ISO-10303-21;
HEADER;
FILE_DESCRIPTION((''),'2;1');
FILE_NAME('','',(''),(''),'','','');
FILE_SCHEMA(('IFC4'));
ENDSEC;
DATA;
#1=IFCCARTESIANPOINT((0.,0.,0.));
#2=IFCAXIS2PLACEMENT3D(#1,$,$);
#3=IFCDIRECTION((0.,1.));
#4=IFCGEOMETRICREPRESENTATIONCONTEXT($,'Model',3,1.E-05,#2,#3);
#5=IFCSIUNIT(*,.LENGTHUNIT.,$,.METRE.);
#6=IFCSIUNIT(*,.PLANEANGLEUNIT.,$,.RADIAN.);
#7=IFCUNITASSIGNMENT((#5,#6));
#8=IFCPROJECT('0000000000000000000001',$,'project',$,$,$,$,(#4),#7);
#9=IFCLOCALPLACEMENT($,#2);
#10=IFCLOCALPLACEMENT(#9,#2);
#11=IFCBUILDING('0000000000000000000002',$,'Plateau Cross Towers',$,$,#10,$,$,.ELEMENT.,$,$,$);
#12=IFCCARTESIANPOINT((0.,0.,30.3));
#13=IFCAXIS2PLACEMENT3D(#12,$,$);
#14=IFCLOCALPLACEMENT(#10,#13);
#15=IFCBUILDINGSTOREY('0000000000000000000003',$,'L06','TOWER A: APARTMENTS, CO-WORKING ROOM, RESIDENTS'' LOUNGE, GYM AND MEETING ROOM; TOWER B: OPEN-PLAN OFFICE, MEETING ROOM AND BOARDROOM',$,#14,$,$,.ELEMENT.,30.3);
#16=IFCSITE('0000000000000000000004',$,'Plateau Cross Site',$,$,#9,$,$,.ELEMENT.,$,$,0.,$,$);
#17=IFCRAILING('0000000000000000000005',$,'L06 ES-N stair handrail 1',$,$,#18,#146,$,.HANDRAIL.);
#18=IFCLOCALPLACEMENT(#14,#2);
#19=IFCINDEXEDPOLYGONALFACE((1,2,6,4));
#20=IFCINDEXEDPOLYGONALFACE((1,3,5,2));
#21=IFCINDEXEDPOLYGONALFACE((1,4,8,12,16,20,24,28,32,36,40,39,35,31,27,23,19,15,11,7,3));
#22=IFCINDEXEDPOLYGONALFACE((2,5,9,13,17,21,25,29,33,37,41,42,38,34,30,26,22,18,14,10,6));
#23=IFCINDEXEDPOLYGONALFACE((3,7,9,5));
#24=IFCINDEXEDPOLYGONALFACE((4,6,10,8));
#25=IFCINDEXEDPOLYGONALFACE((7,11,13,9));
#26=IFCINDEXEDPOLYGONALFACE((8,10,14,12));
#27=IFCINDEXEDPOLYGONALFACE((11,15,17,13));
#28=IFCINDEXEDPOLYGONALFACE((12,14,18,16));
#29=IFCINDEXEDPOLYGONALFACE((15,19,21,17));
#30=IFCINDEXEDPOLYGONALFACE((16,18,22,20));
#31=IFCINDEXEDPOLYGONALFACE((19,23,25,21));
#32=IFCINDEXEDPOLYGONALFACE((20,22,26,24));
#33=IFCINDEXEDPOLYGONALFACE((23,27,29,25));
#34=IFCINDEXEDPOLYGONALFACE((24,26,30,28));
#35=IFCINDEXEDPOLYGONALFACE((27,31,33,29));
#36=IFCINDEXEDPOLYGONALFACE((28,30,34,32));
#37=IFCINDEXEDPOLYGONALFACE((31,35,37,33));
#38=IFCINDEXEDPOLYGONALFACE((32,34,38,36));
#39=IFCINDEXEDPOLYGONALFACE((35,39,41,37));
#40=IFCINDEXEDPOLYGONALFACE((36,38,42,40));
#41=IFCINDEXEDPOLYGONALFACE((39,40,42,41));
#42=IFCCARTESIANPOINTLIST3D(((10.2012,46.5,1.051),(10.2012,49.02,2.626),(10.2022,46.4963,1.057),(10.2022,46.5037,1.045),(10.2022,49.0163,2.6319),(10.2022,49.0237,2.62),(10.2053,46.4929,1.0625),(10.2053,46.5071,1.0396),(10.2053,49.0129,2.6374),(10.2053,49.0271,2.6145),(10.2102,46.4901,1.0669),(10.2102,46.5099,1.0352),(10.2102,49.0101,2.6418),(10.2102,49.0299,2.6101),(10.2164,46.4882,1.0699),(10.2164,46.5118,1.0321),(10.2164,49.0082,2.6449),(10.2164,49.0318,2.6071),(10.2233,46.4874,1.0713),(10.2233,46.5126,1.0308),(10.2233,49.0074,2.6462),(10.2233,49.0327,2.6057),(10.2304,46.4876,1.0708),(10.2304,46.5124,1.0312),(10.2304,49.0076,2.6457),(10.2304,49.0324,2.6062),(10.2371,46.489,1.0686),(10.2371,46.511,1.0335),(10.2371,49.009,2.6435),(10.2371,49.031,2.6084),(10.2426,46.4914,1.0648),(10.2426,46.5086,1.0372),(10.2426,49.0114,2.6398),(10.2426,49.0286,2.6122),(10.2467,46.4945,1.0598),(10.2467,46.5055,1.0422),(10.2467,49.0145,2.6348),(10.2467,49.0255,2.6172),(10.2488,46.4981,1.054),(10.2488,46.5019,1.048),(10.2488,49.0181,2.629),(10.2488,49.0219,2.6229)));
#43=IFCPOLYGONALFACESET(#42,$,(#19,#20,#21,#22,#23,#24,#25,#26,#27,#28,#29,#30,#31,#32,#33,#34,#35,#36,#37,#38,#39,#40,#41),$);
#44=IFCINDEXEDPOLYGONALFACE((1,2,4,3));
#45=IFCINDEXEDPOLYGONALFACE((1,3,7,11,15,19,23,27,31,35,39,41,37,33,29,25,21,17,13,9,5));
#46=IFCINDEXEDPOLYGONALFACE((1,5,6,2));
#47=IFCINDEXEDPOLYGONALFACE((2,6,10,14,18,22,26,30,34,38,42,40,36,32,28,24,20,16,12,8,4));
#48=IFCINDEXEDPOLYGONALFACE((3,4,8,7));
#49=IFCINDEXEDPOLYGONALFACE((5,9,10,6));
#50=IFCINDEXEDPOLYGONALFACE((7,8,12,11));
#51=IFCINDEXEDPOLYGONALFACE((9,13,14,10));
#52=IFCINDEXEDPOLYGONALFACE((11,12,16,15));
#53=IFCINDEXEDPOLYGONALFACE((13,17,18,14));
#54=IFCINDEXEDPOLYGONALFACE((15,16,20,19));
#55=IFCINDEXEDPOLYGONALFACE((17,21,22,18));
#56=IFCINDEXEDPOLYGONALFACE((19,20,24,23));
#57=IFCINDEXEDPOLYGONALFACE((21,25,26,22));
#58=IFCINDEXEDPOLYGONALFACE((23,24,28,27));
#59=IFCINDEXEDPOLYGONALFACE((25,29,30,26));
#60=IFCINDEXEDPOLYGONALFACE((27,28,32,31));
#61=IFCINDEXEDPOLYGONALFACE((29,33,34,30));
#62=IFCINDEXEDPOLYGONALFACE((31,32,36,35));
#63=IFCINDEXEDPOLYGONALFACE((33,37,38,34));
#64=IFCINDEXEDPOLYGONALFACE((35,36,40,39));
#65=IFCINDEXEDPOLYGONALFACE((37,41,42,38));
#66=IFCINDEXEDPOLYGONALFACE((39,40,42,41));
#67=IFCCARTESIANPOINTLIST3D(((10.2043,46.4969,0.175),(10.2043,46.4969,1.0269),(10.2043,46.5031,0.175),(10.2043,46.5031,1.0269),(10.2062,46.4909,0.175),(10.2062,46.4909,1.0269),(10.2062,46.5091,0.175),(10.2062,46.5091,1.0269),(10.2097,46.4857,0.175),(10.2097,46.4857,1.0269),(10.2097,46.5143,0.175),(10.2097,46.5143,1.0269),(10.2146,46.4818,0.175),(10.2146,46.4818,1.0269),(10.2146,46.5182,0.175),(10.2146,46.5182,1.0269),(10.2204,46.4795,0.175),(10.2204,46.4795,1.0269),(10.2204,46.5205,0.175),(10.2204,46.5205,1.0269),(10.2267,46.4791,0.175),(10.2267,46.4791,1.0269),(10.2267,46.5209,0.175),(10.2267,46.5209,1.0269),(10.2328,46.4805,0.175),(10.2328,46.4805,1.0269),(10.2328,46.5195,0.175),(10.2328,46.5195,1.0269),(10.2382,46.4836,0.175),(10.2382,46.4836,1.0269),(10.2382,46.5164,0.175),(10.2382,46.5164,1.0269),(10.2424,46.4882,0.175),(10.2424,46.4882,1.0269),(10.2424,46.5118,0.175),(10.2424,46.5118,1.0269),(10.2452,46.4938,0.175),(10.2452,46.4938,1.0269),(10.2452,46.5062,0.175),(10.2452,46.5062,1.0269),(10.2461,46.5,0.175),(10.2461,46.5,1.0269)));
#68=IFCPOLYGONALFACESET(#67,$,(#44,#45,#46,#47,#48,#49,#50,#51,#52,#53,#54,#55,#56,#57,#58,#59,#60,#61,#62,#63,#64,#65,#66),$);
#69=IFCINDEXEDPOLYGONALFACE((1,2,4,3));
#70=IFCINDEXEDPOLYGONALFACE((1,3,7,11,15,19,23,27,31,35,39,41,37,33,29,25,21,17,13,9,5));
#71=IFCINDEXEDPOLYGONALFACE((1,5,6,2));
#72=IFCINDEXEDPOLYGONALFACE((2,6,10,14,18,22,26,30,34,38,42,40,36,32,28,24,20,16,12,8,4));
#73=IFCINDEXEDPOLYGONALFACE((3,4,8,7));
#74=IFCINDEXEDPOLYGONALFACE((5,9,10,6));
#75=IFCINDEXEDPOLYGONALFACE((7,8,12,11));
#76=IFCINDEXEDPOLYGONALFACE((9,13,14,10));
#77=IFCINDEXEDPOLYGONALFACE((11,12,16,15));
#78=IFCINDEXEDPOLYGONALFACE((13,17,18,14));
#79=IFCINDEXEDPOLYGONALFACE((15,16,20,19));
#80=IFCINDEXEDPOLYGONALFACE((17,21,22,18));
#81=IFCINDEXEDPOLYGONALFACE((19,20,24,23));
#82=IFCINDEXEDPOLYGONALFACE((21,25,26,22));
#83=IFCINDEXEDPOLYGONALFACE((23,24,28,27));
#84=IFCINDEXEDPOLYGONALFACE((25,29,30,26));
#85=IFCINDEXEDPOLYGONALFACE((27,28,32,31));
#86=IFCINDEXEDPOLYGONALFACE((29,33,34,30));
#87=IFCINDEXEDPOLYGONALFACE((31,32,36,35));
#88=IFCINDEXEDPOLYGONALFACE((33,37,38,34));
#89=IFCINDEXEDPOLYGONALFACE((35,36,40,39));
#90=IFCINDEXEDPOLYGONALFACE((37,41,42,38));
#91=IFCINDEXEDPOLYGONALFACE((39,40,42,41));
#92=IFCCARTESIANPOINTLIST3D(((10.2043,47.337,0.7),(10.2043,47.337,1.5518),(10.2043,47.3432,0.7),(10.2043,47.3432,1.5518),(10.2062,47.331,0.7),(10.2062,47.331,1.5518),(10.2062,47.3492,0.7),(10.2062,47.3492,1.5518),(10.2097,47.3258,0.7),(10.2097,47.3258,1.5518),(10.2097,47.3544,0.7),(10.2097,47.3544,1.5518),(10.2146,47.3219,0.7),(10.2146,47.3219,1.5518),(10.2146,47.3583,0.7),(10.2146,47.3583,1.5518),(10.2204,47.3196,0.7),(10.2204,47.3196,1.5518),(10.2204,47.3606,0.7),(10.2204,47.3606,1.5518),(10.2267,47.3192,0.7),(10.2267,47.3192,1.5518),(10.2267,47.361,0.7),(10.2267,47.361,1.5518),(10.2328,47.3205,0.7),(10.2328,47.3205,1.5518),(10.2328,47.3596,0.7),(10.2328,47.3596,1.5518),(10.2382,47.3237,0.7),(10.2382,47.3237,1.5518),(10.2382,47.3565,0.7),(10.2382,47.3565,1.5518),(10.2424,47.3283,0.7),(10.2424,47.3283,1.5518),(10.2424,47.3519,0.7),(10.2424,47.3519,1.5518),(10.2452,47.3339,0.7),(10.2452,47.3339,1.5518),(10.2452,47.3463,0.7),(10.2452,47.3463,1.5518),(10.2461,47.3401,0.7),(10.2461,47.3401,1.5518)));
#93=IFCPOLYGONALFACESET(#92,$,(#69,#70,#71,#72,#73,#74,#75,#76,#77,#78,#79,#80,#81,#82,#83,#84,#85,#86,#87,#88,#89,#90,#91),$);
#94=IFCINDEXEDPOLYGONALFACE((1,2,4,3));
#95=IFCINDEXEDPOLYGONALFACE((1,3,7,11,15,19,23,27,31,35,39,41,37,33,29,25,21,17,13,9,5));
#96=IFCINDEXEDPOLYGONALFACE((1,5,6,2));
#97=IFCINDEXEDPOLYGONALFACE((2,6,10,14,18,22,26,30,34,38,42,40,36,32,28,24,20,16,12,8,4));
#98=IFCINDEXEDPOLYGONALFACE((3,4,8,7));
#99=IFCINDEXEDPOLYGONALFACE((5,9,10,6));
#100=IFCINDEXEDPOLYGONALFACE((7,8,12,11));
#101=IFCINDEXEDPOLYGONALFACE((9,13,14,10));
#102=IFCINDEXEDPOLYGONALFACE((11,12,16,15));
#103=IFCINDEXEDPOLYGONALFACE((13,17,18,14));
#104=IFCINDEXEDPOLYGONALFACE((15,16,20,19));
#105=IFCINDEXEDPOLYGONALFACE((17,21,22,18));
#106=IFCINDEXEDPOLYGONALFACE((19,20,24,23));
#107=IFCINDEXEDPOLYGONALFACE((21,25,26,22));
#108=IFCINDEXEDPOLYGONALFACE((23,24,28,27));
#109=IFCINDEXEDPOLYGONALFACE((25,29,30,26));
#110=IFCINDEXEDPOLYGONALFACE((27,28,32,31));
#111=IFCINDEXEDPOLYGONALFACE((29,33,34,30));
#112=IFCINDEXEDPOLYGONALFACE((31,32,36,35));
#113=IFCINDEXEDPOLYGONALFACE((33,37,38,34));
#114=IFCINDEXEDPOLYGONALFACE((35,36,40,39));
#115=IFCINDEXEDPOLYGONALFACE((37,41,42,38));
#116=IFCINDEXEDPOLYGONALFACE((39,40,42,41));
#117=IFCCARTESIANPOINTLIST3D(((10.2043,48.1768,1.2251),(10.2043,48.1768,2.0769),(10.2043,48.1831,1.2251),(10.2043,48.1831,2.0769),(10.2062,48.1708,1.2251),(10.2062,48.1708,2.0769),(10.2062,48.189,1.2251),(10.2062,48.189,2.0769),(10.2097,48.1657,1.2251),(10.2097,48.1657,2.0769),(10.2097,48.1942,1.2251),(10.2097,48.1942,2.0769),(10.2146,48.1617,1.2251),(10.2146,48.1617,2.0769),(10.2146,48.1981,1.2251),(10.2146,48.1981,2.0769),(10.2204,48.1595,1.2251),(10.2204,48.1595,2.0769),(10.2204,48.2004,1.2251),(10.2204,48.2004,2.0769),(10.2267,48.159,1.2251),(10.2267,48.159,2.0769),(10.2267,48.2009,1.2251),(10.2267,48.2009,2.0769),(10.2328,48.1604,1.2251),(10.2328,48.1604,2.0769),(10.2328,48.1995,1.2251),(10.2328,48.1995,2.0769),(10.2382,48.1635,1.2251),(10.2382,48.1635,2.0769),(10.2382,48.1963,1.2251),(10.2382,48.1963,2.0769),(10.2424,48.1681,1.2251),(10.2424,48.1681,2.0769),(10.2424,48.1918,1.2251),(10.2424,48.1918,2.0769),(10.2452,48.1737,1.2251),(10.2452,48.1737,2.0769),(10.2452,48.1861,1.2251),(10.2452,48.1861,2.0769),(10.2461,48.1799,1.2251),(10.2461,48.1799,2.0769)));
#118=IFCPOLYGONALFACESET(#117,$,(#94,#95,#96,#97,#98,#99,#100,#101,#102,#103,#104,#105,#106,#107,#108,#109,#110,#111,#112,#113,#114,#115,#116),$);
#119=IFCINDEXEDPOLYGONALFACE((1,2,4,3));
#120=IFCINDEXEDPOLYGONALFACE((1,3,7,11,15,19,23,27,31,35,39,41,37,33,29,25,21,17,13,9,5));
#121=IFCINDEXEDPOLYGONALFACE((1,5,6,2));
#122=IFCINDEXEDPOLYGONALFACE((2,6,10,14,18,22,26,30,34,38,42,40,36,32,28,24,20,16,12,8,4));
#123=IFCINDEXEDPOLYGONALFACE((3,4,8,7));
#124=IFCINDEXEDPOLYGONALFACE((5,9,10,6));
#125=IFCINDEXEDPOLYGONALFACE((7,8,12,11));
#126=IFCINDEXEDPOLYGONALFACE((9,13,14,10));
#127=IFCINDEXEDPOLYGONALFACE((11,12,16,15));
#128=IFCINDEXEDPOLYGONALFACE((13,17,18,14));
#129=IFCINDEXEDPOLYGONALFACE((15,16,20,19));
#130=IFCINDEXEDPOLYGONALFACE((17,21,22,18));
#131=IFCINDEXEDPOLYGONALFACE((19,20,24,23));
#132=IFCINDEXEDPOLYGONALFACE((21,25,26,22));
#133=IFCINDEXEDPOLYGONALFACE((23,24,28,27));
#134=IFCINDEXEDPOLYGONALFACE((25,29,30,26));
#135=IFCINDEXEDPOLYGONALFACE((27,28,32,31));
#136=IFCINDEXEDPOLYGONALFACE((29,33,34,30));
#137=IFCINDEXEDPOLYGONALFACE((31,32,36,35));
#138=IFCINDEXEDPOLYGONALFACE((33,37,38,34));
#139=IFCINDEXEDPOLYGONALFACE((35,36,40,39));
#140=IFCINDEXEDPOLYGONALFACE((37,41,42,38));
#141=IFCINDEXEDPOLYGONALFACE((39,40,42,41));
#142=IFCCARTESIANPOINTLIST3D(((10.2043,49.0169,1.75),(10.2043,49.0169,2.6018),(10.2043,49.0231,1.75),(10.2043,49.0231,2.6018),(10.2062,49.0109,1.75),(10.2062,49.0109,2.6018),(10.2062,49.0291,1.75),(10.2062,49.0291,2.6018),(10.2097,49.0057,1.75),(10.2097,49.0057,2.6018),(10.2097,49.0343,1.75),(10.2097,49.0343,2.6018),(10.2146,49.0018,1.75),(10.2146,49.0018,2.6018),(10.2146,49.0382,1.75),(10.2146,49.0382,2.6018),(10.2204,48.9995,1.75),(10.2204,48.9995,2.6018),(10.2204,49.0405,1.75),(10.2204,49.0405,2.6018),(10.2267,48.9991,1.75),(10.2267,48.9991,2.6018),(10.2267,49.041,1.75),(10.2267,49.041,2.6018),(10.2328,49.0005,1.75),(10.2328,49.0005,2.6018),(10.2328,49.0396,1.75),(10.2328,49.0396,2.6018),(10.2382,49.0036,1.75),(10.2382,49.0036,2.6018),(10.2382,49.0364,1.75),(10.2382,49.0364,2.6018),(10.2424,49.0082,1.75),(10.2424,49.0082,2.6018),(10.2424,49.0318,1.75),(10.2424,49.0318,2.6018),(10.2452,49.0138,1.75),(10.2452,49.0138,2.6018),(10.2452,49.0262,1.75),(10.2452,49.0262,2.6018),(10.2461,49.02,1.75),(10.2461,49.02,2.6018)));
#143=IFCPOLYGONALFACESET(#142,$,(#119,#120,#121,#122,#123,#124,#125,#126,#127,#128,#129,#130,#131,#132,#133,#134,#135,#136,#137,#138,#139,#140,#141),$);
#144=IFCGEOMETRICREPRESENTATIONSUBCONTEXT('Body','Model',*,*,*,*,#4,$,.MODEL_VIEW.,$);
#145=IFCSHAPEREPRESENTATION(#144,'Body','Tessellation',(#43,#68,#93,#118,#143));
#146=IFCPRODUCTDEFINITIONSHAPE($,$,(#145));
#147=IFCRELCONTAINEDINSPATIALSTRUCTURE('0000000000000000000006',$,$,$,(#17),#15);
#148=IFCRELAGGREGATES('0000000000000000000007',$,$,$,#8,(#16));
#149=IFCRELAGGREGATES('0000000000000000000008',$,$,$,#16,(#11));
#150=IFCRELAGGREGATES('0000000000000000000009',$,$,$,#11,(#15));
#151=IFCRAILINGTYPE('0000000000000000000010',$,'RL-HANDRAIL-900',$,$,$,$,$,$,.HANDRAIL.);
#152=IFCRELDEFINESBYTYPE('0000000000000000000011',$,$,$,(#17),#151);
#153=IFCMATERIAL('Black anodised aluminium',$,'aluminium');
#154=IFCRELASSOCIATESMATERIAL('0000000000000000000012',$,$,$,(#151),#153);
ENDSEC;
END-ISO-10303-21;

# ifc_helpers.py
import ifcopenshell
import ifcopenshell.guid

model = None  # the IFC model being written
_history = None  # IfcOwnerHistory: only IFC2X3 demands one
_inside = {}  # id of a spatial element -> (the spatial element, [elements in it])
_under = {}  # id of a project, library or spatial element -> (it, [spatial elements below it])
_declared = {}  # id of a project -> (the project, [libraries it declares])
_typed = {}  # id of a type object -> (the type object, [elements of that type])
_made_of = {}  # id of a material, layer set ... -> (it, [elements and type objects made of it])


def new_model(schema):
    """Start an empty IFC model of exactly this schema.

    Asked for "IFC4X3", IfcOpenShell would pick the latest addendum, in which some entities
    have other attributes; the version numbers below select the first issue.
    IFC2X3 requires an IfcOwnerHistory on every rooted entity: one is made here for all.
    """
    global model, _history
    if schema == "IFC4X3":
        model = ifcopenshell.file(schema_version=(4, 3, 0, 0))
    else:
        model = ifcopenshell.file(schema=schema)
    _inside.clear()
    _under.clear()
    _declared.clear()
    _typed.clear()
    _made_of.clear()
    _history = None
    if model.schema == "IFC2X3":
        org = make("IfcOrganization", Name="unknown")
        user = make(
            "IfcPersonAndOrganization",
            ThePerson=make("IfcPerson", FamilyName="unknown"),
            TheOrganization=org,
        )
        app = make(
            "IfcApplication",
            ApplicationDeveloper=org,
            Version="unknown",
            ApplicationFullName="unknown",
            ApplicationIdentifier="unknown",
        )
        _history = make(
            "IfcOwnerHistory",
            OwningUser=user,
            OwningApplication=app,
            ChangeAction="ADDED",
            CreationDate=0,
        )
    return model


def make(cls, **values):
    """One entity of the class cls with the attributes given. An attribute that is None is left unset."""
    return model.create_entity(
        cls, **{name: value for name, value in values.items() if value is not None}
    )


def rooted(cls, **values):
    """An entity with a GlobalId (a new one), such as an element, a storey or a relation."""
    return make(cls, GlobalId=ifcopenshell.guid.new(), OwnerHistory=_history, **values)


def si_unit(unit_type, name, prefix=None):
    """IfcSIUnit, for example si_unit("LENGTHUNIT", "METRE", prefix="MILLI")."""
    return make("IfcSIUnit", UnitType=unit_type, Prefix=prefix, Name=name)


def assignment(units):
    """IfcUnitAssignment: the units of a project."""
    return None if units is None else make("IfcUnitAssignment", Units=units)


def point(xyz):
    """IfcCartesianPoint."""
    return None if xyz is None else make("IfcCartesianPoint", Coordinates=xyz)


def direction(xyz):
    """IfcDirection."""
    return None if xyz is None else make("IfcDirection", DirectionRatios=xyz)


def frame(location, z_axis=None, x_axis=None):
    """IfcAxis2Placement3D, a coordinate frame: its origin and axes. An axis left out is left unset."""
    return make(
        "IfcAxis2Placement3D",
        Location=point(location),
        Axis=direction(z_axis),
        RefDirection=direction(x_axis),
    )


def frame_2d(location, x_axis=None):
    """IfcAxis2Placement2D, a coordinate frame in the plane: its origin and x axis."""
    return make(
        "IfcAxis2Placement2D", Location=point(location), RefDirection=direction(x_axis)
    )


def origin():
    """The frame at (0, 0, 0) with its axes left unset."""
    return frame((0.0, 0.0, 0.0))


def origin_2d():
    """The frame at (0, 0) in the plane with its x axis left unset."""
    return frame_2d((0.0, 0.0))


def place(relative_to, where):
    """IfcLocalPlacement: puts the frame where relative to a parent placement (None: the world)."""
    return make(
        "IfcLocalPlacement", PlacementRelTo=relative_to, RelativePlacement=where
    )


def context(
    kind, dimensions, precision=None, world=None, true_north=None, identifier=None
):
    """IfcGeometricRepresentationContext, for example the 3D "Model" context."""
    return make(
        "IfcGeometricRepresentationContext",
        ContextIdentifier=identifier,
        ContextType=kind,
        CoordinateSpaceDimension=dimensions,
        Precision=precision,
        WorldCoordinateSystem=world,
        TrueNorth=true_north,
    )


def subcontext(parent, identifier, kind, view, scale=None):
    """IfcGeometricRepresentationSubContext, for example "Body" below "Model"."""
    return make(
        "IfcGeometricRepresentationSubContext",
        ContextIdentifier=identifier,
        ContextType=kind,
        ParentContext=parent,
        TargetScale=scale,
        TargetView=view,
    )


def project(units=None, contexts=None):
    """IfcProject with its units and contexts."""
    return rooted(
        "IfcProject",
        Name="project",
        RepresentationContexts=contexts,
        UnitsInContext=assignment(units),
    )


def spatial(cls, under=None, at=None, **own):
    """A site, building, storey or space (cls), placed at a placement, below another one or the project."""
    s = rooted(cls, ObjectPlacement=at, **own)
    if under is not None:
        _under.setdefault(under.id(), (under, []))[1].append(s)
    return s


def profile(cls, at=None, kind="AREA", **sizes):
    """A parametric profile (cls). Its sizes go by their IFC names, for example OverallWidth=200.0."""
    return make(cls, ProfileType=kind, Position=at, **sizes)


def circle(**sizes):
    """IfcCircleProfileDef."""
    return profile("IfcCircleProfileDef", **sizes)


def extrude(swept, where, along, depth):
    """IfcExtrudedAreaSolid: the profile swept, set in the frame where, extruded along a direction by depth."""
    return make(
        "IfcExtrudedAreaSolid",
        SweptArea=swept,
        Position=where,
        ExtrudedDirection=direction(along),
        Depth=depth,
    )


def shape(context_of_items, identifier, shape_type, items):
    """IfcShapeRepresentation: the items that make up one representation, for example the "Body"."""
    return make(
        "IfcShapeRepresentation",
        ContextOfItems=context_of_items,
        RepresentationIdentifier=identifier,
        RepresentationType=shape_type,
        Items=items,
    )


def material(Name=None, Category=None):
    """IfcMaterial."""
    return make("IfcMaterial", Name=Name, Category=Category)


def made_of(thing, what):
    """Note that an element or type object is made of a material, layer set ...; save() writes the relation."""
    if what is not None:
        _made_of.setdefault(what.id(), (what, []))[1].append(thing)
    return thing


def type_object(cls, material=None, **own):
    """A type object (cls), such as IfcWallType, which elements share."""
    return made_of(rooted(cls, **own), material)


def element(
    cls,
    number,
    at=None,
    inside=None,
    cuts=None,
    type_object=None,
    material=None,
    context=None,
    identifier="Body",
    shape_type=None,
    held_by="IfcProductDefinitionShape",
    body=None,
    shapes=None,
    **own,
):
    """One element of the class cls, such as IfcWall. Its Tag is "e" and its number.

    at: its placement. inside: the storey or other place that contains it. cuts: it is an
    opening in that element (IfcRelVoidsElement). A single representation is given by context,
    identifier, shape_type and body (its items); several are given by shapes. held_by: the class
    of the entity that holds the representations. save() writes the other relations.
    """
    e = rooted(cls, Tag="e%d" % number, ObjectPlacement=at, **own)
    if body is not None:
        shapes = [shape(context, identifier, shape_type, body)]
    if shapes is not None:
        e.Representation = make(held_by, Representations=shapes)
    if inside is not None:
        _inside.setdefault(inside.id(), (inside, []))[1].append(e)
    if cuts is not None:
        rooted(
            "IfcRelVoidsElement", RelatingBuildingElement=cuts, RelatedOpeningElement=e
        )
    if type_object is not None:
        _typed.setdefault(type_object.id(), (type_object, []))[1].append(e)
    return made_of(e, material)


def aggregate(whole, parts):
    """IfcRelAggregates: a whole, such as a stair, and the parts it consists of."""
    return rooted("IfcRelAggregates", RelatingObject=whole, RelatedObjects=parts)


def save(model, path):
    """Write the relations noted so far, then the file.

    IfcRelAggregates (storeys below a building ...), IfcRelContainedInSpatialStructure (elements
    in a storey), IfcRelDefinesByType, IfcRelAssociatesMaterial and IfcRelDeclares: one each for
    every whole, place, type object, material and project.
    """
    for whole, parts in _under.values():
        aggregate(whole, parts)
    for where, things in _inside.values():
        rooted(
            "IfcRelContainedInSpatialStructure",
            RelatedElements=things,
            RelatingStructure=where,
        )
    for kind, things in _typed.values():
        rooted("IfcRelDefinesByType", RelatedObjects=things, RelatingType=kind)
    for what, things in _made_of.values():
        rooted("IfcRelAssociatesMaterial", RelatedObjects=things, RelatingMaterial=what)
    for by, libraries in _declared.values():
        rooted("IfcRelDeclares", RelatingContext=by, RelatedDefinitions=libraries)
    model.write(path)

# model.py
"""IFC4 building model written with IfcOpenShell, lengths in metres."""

from ifc_helpers import new_model, si_unit, direction, frame, origin, origin_2d, place, context, subcontext, project, spatial, circle, extrude, material, type_object, element, save


model = new_model("IFC4")

# Units and contexts
model_context = context("Model", 3, precision=1e-05, world=origin(), true_north=direction((0.0, 1.0)))
body_context = subcontext(model_context, "Body", "Model", "MODEL_VIEW")
ifc_project = project(units=[si_unit("LENGTHUNIT", "METRE"), si_unit("PLANEANGLEUNIT", "RADIAN")], contexts=[model_context])

# Site, building, storey
site_placement = place(None, origin())
site = spatial("IfcSite", under=ifc_project, at=site_placement, Name="Plateau Cross Site", CompositionType="ELEMENT", RefElevation=0.0)
building_placement = place(site_placement, origin())
building = spatial("IfcBuilding", under=site, at=building_placement, Name="Plateau Cross Towers", CompositionType="ELEMENT")
storey_placement = place(building_placement, frame((0.0, 0.0, 30.3)))
storey = spatial("IfcBuildingStorey", under=building, at=storey_placement, Name="L06", Description="TOWER A: APARTMENTS, CO-WORKING ROOM, RESIDENTS' LOUNGE, GYM AND MEETING ROOM; TOWER B: OPEN-PLAN OFFICE, MEETING ROOM AND BOARDROOM", CompositionType="ELEMENT", Elevation=30.3)

# Shared definitions
ifc_material_1 = material(Name="Black anodised aluminium", Category="aluminium")

# Railing
railing_type_1 = type_object("IfcRailingType", Name="RL-HANDRAIL-900", PredefinedType="HANDRAIL", material=ifc_material_1)
railing_1_placement = place(storey_placement, frame((10.2251, 46.5, 0.175)))
element("IfcRailing", 1, at=railing_1_placement, inside=storey, type_object=railing_type_1, Name="L06 ES-N stair handrail 1", PredefinedType="HANDRAIL", context=body_context, shape_type="SweptSolid", body=[
    extrude(circle(Radius=0.0239, at=origin_2d()), frame((0.0, 0.0, 0.876), z_axis=(0.0, 0.848008, 0.529984), x_axis=(-1.0, 0.0, 0.0)), (0.0, 0.0, 1.0), 2.9717),
    extrude(circle(Radius=0.021, at=origin_2d()), origin(), (0.0, 0.0, 1.0), 0.8518),
    extrude(circle(Radius=0.021, at=origin_2d()), frame((0.0, 0.8401, 0.5249)), (0.0, 0.0, 1.0), 0.8518),
    extrude(circle(Radius=0.021, at=origin_2d()), frame((0.0, 1.6799, 1.05)), (0.0, 0.0, 1.0), 0.8518),
    extrude(circle(Radius=0.021, at=origin_2d()), frame((0.0, 2.52, 1.575)), (0.0, 0.0, 1.0), 0.8518),
])

save(model, "model.ifc")
